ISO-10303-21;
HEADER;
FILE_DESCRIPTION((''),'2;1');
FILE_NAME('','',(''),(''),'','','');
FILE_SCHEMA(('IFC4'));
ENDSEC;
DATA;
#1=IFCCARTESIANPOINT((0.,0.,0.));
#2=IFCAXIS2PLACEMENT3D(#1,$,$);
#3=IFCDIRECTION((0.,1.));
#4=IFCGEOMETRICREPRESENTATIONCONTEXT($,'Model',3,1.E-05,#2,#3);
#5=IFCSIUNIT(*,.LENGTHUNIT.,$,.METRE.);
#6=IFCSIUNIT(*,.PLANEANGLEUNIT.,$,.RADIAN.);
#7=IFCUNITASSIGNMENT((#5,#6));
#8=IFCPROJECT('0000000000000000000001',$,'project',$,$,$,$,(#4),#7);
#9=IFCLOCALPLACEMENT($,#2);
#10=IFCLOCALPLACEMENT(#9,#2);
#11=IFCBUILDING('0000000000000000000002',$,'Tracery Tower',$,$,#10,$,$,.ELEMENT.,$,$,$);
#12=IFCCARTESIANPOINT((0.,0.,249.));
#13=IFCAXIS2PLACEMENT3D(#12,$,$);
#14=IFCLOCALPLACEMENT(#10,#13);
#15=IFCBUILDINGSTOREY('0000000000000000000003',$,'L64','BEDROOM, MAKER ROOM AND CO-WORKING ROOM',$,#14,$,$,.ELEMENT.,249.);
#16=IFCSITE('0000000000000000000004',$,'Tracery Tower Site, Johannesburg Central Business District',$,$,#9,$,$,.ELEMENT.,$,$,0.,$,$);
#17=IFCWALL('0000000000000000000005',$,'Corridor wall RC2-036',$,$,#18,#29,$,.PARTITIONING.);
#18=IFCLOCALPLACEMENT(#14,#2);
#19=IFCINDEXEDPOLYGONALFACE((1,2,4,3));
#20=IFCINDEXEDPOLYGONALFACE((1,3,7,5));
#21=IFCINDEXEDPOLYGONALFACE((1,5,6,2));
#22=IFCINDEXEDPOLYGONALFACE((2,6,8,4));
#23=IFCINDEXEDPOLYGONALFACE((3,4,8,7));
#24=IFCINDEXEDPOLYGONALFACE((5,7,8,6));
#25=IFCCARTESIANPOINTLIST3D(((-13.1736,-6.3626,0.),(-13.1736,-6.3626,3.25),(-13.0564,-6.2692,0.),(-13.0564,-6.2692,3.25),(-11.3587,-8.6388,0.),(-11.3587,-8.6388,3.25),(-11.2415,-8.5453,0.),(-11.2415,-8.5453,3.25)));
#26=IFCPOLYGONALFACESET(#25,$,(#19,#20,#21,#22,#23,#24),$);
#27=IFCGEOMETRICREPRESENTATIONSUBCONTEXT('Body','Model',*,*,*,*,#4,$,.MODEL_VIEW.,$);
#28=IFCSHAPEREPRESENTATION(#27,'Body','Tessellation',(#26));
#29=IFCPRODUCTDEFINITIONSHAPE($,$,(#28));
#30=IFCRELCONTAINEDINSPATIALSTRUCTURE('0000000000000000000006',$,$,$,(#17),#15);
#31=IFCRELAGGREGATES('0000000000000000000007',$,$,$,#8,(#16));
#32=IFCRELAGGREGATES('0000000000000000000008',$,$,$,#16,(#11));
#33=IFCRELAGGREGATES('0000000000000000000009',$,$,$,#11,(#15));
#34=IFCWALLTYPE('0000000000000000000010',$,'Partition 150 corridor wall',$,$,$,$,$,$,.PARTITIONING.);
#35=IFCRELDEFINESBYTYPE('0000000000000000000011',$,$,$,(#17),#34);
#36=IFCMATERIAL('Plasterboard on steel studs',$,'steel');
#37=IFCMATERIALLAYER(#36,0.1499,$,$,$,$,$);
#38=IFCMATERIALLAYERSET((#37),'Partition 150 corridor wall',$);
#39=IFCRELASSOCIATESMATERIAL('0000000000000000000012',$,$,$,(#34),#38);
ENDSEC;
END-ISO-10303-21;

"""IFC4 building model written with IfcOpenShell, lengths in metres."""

from ifc_helpers import new_model, si_unit, direction, frame, frame_2d, origin, place, context, subcontext, project, spatial, rectangle, extrude, material, layer, layer_set, type_object, element, save


model = new_model("IFC4")

# Units and contexts
model_context = context("Model", 3, precision=1e-05, world=origin(), true_north=direction((0.0, 1.0)))
body_context = subcontext(model_context, "Body", "Model", "MODEL_VIEW")
ifc_project = project(units=[si_unit("LENGTHUNIT", "METRE"), si_unit("PLANEANGLEUNIT", "RADIAN")], contexts=[model_context])

# Site, building, storey
site_placement = place(None, origin())
site = spatial("IfcSite", under=ifc_project, at=site_placement, Name="Tracery Tower Site, Johannesburg Central Business District", CompositionType="ELEMENT", RefElevation=0.0)
building_placement = place(site_placement, origin())
building = spatial("IfcBuilding", under=site, at=building_placement, Name="Tracery Tower", CompositionType="ELEMENT")
storey_placement = place(building_placement, frame((0.0, 0.0, 249.0)))
storey = spatial("IfcBuildingStorey", under=building, at=storey_placement, Name="L64", Description="BEDROOM, MAKER ROOM AND CO-WORKING ROOM", CompositionType="ELEMENT", Elevation=249.0)

# Wall
ifc_material_1 = material(Name="Plasterboard on steel studs", Category="steel")
ifc_layer_1 = layer(ifc_material_1, 0.1499)
ifc_layer_set_1 = layer_set([ifc_layer_1], Name="Partition 150 corridor wall")
wall_type_1 = type_object("IfcWallType", Name="Partition 150 corridor wall", PredefinedType="PARTITIONING", material=ifc_layer_set_1)
wall_1_placement = place(storey_placement, frame((-13.115, -6.3159, 0.0), z_axis=(0.0, 0.0, 1.0), x_axis=(0.623447, -0.781866, 0.0)))
element("IfcWall", 1, at=wall_1_placement, inside=storey, type_object=wall_type_1, Name="Corridor wall RC2-036", PredefinedType="PARTITIONING", context=body_context, shape_type="SweptSolid", body=[
    extrude(rectangle(XDim=2.9111, YDim=0.1499, at=frame_2d((1.4556, 0.0))), origin(), (0.0, 0.0, 1.0), 3.25),
])

save(model, "model.ifc")
